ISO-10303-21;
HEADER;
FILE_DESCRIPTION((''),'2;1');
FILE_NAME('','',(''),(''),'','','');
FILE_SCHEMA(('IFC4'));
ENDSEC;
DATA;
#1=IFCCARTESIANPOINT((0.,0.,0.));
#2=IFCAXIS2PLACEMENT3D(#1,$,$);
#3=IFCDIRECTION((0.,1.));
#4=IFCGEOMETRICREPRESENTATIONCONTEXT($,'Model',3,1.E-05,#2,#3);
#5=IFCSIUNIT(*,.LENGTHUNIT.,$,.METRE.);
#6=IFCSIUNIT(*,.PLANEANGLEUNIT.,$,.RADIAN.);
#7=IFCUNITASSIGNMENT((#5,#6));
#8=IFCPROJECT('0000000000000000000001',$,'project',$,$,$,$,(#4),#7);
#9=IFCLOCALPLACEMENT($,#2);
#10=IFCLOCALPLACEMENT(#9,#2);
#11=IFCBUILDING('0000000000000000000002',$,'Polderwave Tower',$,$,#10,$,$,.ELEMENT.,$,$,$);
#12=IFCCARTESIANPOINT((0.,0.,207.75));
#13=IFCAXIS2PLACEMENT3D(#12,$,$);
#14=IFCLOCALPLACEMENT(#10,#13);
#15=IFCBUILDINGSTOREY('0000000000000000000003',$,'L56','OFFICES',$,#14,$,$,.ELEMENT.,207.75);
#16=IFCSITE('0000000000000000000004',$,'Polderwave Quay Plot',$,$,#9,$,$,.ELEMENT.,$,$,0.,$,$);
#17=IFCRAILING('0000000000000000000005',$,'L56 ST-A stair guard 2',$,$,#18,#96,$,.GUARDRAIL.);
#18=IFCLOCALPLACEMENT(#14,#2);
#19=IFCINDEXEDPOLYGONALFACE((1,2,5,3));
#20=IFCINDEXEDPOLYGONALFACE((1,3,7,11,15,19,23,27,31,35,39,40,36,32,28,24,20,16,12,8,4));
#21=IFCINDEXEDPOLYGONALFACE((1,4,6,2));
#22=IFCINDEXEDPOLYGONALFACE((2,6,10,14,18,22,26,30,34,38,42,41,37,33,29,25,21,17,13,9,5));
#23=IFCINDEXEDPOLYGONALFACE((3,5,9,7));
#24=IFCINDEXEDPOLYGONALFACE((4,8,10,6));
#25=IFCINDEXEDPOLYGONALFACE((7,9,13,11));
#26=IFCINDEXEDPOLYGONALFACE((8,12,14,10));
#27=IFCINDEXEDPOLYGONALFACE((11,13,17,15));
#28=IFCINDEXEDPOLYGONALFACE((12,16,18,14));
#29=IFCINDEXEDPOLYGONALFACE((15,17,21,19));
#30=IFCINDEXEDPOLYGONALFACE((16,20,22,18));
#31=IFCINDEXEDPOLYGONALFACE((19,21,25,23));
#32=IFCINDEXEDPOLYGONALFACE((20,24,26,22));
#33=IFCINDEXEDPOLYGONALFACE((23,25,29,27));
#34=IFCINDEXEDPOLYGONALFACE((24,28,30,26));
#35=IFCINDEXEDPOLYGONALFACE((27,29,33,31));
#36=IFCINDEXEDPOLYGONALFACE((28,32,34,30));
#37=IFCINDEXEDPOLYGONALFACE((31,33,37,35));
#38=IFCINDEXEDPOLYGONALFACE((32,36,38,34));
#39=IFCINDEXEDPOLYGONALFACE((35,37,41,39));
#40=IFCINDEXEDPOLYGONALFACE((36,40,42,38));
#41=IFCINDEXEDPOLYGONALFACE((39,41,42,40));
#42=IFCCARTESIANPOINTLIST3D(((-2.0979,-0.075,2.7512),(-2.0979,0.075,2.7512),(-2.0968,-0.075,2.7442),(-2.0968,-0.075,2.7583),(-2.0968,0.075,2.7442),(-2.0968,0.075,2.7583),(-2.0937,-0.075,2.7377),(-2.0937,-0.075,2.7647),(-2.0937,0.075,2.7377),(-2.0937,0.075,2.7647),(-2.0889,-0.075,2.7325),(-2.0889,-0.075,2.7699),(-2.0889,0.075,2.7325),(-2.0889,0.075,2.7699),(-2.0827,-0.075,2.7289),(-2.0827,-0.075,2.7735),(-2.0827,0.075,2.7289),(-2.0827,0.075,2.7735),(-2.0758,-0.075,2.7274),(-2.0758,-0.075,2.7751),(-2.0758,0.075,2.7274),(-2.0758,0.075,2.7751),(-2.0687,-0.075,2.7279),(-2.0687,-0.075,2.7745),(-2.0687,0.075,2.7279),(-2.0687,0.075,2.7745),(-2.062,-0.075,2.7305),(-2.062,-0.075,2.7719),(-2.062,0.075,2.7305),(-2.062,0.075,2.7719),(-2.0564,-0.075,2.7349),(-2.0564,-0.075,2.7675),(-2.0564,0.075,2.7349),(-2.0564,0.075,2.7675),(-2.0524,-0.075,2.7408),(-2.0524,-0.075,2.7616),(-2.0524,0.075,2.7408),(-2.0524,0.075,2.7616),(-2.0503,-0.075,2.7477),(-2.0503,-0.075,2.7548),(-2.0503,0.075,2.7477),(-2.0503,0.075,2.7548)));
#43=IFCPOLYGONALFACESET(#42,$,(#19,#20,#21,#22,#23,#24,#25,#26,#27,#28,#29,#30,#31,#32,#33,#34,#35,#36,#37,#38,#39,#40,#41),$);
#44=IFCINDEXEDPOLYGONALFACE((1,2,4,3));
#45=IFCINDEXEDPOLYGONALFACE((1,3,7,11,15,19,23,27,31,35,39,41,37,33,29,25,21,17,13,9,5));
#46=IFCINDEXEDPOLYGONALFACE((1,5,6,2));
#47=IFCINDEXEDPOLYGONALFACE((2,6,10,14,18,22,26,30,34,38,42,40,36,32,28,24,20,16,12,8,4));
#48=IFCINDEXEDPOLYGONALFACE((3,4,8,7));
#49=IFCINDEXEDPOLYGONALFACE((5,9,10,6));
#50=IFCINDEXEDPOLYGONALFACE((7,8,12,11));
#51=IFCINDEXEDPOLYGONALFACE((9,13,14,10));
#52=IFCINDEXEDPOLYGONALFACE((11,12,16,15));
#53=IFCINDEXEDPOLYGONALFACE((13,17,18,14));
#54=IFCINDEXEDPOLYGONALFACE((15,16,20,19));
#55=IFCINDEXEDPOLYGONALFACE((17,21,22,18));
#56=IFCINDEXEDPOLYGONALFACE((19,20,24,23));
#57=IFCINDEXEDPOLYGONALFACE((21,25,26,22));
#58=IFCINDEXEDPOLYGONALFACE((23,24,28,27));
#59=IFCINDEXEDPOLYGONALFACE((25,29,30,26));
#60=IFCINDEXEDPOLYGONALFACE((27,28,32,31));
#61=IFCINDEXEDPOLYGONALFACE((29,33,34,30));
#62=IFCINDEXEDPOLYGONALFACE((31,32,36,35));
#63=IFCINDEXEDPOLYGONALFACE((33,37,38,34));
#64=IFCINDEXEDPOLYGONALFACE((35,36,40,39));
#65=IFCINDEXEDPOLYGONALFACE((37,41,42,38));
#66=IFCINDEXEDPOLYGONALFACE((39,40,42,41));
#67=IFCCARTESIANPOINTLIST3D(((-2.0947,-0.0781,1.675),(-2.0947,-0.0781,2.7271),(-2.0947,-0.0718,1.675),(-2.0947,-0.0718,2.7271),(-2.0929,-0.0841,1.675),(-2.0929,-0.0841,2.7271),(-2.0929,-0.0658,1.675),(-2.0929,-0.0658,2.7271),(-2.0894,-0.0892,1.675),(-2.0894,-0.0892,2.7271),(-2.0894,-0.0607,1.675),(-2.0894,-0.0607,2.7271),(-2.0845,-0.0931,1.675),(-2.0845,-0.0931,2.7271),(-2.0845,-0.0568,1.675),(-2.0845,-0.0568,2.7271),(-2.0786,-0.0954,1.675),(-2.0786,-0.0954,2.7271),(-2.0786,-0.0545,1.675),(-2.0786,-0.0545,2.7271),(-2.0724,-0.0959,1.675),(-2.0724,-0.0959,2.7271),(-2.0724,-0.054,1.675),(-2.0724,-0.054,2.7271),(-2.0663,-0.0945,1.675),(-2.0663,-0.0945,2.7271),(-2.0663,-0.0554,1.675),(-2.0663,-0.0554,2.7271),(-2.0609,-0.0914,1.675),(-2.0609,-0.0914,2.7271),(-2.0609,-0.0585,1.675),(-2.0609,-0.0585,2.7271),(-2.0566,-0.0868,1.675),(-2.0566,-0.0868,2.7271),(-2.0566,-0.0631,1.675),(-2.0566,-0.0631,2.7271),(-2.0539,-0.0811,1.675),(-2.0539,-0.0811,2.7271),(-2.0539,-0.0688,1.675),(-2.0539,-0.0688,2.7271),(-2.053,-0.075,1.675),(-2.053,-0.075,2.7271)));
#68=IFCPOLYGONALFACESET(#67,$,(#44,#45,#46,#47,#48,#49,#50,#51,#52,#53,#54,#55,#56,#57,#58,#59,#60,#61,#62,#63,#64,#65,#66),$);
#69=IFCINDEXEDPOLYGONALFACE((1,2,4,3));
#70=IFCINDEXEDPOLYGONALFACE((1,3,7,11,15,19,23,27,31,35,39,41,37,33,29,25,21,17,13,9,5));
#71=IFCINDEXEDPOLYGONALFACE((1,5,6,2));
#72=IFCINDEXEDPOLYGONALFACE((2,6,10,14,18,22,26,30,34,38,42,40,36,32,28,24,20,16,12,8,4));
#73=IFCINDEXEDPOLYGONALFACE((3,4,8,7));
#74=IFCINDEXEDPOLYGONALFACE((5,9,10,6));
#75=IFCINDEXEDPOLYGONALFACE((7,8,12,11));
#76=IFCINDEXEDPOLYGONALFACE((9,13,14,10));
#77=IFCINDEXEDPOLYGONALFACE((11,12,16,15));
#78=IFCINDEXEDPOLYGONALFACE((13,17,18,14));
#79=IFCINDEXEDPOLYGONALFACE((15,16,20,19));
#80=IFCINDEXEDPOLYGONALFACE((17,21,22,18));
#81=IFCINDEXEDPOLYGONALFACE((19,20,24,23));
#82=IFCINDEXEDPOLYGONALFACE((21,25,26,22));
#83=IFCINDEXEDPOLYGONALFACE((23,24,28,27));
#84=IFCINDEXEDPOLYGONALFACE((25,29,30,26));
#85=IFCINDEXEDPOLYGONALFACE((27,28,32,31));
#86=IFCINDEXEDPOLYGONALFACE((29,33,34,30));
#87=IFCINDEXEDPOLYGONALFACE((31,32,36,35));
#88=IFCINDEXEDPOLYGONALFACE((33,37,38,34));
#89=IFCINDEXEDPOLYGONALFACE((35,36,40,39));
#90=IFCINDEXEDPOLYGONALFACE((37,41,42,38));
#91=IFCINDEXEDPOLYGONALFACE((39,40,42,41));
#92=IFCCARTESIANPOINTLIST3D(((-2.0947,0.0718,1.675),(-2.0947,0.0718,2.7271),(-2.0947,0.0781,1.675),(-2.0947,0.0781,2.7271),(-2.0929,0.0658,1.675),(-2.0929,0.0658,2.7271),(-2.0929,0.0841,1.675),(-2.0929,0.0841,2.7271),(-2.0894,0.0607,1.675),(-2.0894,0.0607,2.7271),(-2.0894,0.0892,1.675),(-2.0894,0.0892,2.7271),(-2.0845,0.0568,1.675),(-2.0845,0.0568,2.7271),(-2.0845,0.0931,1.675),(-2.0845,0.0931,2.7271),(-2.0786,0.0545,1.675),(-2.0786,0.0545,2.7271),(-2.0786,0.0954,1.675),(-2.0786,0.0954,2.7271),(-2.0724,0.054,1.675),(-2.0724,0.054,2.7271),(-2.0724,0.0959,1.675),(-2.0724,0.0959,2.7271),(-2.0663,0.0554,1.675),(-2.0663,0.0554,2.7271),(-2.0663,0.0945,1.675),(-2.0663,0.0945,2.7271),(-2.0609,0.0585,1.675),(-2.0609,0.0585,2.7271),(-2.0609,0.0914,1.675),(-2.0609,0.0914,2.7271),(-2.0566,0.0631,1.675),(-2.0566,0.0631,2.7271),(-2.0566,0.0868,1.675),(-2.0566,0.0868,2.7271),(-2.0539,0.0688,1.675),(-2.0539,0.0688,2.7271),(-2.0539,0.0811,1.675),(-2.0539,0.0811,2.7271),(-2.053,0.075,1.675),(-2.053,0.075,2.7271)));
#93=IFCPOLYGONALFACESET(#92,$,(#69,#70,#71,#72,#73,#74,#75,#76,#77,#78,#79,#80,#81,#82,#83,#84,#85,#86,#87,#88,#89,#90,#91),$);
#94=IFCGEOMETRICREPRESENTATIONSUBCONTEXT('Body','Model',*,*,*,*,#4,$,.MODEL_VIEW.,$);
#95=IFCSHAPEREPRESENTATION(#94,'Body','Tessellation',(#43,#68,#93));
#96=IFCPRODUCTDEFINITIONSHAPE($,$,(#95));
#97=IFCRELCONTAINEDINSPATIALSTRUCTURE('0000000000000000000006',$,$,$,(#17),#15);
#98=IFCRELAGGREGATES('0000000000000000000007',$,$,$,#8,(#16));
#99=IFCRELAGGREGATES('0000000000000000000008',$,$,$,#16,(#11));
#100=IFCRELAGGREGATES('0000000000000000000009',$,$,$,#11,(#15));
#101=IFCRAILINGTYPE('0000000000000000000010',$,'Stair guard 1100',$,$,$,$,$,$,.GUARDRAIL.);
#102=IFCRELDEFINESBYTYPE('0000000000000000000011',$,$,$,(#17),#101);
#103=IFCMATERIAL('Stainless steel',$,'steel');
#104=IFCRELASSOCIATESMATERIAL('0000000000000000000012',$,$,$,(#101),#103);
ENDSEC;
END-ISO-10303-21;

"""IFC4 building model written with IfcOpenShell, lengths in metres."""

from ifc_helpers import new_model, si_unit, direction, frame, origin, origin_2d, place, context, subcontext, project, spatial, circle, extrude, material, type_object, element, save


model = new_model("IFC4")

# Units and contexts
model_context = context("Model", 3, precision=1e-05, world=origin(), true_north=direction((0.0, 1.0)))
body_context = subcontext(model_context, "Body", "Model", "MODEL_VIEW")
ifc_project = project(units=[si_unit("LENGTHUNIT", "METRE"), si_unit("PLANEANGLEUNIT", "RADIAN")], contexts=[model_context])

# Site, building, storey
site_placement = place(None, origin())
site = spatial("IfcSite", under=ifc_project, at=site_placement, Name="Polderwave Quay Plot", CompositionType="ELEMENT", RefElevation=0.0)
building_placement = place(site_placement, origin())
building = spatial("IfcBuilding", under=site, at=building_placement, Name="Polderwave Tower", CompositionType="ELEMENT")
storey_placement = place(building_placement, frame((0.0, 0.0, 207.75)))
storey = spatial("IfcBuildingStorey", under=building, at=storey_placement, Name="L56", Description="OFFICES", CompositionType="ELEMENT", Elevation=207.75)

# Railing
ifc_material_1 = material(Name="Stainless steel", Category="steel")
railing_type_1 = type_object("IfcRailingType", Name="Stair guard 1100", PredefinedType="GUARDRAIL", material=ifc_material_1)
railing_1_placement = place(storey_placement, frame((-2.074, -0.075, 1.675)))
element("IfcRailing", 1, at=railing_1_placement, inside=storey, type_object=railing_type_1, Name="L56 ST-A stair guard 2", PredefinedType="GUARDRAIL", context=body_context, shape_type="SweptSolid", body=[
    extrude(circle(Radius=0.0239, at=origin_2d()), frame((0.0, 0.0, 1.0762), z_axis=(0.0, 1.0, 0.0), x_axis=(-1.0, 0.0, 0.0)), (0.0, 0.0, 1.0), 0.1499),
    extrude(circle(Radius=0.021, at=origin_2d()), origin(), (0.0, 0.0, 1.0), 1.052),
    extrude(circle(Radius=0.021, at=origin_2d()), frame((0.0, 0.1499, 0.0)), (0.0, 0.0, 1.0), 1.052),
])

save(model, "model.ifc")
